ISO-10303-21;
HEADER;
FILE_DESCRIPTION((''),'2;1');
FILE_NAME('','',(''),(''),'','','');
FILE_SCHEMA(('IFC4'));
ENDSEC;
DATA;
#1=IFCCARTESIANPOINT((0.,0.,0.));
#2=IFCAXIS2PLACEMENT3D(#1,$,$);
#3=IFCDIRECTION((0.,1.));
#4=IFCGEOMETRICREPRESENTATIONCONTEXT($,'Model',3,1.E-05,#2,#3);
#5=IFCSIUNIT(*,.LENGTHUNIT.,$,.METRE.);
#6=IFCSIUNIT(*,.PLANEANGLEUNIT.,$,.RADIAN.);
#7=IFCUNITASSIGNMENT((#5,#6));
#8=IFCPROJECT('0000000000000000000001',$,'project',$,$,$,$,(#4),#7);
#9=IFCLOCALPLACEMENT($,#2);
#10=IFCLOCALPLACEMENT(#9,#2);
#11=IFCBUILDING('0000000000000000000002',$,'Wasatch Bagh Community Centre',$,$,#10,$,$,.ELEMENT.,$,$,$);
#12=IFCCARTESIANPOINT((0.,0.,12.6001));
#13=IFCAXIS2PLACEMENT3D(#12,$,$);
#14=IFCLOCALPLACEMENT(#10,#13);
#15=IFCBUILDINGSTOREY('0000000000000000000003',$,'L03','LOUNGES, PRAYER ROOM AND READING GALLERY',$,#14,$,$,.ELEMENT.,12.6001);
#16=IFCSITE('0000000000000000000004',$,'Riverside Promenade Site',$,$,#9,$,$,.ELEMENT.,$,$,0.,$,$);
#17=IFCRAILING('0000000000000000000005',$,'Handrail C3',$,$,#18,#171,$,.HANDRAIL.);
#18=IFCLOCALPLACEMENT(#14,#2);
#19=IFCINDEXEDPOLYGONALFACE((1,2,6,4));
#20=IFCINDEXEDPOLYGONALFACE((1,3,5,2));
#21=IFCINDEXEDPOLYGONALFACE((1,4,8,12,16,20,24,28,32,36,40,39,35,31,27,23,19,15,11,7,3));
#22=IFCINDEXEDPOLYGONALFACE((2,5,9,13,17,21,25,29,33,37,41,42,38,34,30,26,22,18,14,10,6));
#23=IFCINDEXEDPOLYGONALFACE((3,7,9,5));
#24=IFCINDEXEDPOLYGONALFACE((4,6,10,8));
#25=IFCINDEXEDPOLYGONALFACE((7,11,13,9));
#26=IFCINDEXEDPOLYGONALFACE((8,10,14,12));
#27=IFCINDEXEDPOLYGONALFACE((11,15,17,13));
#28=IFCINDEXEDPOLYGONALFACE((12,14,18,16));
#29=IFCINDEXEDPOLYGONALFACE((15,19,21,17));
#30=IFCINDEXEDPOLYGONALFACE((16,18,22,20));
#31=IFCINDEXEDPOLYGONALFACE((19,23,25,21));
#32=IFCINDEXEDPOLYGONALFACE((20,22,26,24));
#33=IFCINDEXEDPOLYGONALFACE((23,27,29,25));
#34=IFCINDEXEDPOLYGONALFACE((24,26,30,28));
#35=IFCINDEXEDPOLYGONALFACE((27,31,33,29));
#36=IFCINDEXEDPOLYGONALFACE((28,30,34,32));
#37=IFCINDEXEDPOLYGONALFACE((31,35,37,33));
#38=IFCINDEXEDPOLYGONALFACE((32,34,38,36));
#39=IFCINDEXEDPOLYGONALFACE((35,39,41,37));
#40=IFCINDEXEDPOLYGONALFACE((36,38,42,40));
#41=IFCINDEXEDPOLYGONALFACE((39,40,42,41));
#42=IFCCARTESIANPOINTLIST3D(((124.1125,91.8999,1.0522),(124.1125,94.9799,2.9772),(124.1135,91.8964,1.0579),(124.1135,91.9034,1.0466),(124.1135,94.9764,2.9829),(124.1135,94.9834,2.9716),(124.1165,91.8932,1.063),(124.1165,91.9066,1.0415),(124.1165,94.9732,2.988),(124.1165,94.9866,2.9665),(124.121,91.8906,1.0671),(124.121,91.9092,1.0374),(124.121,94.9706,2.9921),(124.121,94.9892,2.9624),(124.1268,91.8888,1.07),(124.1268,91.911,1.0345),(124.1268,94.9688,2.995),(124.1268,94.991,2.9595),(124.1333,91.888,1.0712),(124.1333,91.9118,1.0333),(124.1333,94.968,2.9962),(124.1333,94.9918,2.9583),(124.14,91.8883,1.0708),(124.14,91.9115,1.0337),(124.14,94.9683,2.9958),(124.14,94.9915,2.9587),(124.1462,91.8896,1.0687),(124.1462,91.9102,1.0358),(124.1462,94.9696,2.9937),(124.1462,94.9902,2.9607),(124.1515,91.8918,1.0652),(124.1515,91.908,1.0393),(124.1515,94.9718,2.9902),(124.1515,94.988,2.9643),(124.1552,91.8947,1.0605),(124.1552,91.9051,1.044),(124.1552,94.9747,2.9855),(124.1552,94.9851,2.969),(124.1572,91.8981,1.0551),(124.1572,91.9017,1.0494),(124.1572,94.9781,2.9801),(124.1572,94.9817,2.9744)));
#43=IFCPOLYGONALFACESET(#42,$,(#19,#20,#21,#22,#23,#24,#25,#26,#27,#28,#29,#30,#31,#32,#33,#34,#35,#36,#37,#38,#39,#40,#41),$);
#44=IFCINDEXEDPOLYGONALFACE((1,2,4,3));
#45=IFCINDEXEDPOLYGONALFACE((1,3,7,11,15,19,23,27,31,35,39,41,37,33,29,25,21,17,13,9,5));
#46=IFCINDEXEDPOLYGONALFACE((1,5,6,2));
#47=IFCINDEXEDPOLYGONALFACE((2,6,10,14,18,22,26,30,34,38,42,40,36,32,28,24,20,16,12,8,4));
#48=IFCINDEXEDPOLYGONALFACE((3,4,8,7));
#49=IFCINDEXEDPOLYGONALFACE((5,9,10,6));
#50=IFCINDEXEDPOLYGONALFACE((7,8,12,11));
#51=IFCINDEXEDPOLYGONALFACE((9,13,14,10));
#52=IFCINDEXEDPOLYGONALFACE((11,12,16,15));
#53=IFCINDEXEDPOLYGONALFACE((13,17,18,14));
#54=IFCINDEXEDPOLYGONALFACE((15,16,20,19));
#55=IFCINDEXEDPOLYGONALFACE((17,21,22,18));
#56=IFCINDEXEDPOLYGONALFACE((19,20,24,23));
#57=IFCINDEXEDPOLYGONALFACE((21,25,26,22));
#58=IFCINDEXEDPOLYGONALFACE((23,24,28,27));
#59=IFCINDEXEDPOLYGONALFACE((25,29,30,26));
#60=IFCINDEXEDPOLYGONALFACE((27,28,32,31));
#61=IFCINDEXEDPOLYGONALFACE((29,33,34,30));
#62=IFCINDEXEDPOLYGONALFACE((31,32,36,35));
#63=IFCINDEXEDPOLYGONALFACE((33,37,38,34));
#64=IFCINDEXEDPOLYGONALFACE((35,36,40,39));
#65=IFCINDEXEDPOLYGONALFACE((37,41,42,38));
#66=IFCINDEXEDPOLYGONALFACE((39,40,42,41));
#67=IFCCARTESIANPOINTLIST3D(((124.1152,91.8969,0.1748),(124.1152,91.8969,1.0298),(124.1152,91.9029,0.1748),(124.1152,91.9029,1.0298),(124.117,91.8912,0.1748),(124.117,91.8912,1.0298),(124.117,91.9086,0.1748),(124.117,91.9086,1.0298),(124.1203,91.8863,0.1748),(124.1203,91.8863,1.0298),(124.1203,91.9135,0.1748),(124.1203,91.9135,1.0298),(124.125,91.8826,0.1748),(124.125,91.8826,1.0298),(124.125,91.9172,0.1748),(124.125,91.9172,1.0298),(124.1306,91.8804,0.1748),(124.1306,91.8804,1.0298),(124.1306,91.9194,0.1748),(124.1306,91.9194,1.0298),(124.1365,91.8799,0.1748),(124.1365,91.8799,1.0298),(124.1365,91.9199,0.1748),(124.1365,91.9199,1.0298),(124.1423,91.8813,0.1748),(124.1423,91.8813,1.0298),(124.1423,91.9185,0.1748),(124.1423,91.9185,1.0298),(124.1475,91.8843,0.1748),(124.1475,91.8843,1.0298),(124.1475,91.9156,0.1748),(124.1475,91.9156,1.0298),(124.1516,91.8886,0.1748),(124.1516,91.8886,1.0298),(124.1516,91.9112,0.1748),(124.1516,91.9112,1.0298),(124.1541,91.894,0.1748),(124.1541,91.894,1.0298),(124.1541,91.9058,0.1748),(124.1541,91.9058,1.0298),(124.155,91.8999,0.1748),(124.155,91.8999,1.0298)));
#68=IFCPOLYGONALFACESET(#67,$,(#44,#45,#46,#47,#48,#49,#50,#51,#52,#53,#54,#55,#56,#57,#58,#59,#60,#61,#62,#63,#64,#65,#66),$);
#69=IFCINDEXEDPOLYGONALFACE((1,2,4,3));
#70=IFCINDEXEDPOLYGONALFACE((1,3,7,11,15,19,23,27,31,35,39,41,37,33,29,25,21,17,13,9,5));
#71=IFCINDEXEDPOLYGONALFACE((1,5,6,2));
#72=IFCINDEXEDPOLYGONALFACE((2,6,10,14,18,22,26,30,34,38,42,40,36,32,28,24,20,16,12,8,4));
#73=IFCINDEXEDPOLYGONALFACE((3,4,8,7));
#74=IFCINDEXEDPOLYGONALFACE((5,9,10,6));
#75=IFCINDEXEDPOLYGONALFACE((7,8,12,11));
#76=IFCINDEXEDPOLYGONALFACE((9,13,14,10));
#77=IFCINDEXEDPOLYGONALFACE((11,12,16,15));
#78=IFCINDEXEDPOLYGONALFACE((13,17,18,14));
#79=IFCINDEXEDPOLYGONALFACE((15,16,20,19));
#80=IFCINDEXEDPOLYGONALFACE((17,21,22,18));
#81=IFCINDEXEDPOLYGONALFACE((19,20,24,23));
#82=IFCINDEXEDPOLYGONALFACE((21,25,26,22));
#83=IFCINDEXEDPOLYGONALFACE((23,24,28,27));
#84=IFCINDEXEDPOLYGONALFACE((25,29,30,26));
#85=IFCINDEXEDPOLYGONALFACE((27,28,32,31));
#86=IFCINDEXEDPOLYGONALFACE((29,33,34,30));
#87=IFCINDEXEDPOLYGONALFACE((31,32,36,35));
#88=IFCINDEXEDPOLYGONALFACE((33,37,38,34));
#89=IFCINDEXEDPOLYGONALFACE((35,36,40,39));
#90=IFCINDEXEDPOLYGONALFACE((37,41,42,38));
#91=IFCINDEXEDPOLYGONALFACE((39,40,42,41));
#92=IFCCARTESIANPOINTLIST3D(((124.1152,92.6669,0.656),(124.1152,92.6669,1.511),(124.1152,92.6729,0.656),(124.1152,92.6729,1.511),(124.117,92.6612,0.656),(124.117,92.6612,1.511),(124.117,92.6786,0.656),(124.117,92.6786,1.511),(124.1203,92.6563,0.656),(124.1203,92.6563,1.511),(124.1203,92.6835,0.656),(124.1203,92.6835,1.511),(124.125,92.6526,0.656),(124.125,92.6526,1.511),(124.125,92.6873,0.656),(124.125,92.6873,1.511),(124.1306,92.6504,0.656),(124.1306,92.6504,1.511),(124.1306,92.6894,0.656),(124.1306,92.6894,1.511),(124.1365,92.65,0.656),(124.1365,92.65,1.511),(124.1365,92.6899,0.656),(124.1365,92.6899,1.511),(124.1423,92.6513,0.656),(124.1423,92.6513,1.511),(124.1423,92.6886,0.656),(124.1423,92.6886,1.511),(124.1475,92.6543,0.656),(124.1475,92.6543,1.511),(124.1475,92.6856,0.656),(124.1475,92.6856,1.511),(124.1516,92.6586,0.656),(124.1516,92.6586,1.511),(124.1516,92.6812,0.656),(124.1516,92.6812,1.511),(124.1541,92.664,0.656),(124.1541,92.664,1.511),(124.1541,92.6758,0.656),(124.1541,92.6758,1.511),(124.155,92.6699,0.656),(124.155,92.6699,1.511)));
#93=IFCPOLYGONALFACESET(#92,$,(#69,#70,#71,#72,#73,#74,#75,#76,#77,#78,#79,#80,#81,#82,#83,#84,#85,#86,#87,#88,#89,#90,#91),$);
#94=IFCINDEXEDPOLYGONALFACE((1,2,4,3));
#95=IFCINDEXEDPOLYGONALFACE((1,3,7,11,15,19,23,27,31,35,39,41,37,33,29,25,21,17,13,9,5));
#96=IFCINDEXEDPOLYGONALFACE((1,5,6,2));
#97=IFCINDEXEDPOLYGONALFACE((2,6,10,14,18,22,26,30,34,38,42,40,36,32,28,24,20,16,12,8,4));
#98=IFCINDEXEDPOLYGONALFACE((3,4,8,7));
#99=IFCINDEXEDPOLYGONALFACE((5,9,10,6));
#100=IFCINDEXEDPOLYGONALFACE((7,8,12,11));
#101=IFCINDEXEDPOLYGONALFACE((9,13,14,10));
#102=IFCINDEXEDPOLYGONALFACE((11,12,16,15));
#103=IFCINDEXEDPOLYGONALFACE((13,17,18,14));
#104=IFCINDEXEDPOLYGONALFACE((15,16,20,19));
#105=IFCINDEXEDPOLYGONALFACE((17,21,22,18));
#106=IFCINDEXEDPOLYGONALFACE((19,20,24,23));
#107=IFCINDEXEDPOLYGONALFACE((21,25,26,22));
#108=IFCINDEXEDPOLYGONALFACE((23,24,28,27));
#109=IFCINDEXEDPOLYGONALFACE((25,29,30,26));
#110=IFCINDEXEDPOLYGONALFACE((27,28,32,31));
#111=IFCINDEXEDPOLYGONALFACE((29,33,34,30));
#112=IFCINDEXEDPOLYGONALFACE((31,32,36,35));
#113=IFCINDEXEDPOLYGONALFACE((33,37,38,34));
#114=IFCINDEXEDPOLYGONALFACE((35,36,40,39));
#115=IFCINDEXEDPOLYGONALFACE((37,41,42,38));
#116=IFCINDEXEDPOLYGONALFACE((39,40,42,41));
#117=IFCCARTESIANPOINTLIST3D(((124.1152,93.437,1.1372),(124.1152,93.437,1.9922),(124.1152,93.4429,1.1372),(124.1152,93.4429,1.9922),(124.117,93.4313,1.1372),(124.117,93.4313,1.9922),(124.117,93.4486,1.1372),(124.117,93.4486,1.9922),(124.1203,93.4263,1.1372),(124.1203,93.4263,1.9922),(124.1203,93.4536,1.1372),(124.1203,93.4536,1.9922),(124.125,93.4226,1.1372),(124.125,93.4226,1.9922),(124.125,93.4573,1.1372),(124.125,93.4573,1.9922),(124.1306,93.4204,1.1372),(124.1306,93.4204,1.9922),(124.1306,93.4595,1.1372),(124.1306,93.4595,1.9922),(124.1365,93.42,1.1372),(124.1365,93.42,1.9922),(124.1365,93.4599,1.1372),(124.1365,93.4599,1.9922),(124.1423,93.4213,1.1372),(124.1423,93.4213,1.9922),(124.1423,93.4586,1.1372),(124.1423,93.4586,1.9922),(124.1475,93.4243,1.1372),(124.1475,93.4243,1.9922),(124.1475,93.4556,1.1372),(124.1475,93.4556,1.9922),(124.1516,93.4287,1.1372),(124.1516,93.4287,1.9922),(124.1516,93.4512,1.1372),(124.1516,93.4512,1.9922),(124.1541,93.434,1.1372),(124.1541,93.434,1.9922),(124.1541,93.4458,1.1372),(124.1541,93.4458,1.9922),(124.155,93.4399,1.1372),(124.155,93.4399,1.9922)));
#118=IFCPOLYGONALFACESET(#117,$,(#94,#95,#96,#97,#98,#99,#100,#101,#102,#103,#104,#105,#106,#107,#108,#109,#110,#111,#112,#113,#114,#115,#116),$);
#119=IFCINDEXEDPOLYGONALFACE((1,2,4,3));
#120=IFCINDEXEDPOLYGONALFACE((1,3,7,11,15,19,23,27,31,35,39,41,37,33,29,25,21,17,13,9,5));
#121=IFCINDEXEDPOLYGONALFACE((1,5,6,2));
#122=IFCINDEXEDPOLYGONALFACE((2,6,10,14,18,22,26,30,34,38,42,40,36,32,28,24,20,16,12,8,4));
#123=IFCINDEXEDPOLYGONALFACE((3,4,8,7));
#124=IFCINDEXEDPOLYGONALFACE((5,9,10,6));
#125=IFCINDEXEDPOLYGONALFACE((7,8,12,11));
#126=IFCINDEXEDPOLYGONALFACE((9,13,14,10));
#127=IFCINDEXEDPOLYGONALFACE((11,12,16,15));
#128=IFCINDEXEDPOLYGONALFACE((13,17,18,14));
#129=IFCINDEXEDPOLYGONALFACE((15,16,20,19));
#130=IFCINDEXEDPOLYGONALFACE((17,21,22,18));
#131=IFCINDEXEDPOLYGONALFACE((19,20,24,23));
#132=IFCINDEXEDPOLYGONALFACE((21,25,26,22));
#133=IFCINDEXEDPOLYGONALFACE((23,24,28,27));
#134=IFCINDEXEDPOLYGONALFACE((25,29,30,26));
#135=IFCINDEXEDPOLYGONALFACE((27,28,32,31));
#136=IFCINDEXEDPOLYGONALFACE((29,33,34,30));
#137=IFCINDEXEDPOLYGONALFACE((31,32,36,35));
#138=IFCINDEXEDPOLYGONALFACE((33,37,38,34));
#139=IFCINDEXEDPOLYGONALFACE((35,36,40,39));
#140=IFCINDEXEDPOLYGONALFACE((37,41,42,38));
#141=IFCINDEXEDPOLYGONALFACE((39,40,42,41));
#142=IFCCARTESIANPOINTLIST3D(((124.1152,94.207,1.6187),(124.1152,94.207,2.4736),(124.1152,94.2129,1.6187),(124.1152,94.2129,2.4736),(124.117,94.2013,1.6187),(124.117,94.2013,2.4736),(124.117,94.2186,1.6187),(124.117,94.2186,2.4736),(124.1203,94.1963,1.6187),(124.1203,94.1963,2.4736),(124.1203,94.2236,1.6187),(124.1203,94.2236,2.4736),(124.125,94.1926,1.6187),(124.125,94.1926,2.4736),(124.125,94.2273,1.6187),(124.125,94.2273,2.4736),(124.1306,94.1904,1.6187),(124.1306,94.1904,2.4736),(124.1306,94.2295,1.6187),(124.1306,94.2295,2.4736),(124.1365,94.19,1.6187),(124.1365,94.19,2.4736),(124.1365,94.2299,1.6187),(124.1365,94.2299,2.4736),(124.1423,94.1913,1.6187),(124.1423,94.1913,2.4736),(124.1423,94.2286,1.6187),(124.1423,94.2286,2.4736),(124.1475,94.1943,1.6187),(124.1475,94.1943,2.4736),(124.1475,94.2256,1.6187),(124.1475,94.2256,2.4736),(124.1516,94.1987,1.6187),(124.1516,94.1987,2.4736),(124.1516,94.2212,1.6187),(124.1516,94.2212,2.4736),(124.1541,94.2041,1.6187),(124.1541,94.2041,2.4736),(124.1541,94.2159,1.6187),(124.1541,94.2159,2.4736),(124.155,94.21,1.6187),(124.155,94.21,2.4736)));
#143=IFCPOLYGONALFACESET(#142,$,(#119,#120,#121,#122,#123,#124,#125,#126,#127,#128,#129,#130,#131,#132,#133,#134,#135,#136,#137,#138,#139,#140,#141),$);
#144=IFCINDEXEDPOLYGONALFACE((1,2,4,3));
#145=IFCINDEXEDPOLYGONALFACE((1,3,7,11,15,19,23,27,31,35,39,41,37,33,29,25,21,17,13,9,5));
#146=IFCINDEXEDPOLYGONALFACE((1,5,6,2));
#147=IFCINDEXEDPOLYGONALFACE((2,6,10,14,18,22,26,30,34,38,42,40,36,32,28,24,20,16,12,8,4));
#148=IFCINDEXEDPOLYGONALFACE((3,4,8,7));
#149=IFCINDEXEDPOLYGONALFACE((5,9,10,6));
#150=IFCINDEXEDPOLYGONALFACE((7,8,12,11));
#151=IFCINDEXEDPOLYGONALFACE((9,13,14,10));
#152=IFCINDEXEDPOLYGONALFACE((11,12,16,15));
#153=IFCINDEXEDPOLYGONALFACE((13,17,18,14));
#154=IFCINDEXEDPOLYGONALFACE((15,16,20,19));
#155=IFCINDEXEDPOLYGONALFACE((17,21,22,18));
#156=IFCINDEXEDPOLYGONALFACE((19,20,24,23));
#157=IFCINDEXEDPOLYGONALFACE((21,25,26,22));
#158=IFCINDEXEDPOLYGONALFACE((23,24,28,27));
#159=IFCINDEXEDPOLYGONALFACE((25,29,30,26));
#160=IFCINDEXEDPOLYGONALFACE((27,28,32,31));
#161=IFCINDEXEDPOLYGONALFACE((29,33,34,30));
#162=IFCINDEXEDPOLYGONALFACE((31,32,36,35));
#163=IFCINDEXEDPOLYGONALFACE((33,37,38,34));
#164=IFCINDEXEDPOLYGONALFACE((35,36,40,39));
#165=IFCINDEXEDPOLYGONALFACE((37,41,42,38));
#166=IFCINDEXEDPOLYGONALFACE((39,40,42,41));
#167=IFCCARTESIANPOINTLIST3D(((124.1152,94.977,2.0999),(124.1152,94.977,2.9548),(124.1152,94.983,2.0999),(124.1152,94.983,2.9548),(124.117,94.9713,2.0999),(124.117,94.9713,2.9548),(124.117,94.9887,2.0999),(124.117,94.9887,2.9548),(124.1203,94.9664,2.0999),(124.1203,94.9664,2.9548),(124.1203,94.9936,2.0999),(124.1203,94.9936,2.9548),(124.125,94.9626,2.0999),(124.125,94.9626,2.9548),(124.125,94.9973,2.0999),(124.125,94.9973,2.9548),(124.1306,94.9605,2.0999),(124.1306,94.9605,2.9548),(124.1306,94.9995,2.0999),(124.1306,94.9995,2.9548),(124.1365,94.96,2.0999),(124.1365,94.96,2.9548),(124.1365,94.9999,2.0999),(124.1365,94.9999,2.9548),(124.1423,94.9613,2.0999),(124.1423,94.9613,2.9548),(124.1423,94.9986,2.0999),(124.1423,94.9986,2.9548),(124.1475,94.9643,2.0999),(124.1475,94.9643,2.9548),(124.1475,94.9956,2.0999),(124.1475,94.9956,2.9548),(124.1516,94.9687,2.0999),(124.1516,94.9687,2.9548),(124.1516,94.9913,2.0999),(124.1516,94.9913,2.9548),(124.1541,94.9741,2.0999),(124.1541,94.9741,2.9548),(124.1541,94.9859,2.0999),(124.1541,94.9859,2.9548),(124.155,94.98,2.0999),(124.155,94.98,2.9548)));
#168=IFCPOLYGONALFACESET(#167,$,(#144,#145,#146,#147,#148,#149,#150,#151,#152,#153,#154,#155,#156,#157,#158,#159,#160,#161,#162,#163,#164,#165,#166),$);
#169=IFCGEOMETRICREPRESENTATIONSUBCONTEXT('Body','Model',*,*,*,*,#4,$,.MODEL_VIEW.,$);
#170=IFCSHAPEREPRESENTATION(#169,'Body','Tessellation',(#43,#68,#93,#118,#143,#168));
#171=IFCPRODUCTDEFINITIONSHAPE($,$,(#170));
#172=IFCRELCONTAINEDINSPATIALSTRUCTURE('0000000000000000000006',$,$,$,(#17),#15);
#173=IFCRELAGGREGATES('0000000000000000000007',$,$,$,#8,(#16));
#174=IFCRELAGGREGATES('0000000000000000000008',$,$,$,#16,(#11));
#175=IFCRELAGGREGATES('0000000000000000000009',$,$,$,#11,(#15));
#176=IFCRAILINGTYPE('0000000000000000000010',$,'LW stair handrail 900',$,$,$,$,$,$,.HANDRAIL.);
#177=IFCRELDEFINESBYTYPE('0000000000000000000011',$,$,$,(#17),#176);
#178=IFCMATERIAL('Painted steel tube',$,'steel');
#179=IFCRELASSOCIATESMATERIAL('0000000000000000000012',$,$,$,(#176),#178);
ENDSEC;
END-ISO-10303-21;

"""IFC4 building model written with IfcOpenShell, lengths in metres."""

from ifc_helpers import new_model, si_unit, direction, frame, origin, origin_2d, place, context, subcontext, project, spatial, circle, extrude, material, type_object, element, save


model = new_model("IFC4")

# Units and contexts
model_context = context("Model", 3, precision=1e-05, world=origin(), true_north=direction((0.0, 1.0)))
body_context = subcontext(model_context, "Body", "Model", "MODEL_VIEW")
ifc_project = project(units=[si_unit("LENGTHUNIT", "METRE"), si_unit("PLANEANGLEUNIT", "RADIAN")], contexts=[model_context])

# Site, building, storey
site_placement = place(None, origin())
site = spatial("IfcSite", under=ifc_project, at=site_placement, Name="Riverside Promenade Site", CompositionType="ELEMENT", RefElevation=0.0)
building_placement = place(site_placement, origin())
building = spatial("IfcBuilding", under=site, at=building_placement, Name="Wasatch Bagh Community Centre", CompositionType="ELEMENT")
storey_placement = place(building_placement, frame((0.0, 0.0, 12.6001)))
storey = spatial("IfcBuildingStorey", under=building, at=storey_placement, Name="L03", Description="LOUNGES, PRAYER ROOM AND READING GALLERY", CompositionType="ELEMENT", Elevation=12.6001)

# Railing
ifc_material_1 = material(Name="Painted steel tube", Category="steel")
railing_type_1 = type_object("IfcRailingType", Name="LW stair handrail 900", PredefinedType="HANDRAIL", material=ifc_material_1)
for number, where, name in (
    (1, (124.135, 91.8999, 0.1748), "Handrail C3"),
):
    element("IfcRailing", number, at=place(storey_placement, frame(where)), inside=storey, type_object=railing_type_1, Name=name, PredefinedType="HANDRAIL", context=body_context, shape_type="SweptSolid", body=[
        extrude(circle(Radius=0.0225, at=origin_2d()), frame((0.0, 0.0, 0.8774), z_axis=(0.0, 0.847998, 0.529999), x_axis=(-1.0, 0.0, 0.0)), (0.0, 0.0, 1.0), 3.6321),
        extrude(circle(Radius=0.02, at=origin_2d()), origin(), (0.0, 0.0, 1.0), 0.855),
        extrude(circle(Radius=0.02, at=origin_2d()), frame((0.0, 0.77, 0.4812)), (0.0, 0.0, 1.0), 0.855),
        extrude(circle(Radius=0.02, at=origin_2d()), frame((0.0, 1.54, 0.9624)), (0.0, 0.0, 1.0), 0.855),
        extrude(circle(Radius=0.02, at=origin_2d()), frame((0.0, 2.3101, 1.4438)), (0.0, 0.0, 1.0), 0.855),
        extrude(circle(Radius=0.02, at=origin_2d()), frame((0.0, 3.0801, 1.925)), (0.0, 0.0, 1.0), 0.855),
    ])

save(model, "model.ifc")
